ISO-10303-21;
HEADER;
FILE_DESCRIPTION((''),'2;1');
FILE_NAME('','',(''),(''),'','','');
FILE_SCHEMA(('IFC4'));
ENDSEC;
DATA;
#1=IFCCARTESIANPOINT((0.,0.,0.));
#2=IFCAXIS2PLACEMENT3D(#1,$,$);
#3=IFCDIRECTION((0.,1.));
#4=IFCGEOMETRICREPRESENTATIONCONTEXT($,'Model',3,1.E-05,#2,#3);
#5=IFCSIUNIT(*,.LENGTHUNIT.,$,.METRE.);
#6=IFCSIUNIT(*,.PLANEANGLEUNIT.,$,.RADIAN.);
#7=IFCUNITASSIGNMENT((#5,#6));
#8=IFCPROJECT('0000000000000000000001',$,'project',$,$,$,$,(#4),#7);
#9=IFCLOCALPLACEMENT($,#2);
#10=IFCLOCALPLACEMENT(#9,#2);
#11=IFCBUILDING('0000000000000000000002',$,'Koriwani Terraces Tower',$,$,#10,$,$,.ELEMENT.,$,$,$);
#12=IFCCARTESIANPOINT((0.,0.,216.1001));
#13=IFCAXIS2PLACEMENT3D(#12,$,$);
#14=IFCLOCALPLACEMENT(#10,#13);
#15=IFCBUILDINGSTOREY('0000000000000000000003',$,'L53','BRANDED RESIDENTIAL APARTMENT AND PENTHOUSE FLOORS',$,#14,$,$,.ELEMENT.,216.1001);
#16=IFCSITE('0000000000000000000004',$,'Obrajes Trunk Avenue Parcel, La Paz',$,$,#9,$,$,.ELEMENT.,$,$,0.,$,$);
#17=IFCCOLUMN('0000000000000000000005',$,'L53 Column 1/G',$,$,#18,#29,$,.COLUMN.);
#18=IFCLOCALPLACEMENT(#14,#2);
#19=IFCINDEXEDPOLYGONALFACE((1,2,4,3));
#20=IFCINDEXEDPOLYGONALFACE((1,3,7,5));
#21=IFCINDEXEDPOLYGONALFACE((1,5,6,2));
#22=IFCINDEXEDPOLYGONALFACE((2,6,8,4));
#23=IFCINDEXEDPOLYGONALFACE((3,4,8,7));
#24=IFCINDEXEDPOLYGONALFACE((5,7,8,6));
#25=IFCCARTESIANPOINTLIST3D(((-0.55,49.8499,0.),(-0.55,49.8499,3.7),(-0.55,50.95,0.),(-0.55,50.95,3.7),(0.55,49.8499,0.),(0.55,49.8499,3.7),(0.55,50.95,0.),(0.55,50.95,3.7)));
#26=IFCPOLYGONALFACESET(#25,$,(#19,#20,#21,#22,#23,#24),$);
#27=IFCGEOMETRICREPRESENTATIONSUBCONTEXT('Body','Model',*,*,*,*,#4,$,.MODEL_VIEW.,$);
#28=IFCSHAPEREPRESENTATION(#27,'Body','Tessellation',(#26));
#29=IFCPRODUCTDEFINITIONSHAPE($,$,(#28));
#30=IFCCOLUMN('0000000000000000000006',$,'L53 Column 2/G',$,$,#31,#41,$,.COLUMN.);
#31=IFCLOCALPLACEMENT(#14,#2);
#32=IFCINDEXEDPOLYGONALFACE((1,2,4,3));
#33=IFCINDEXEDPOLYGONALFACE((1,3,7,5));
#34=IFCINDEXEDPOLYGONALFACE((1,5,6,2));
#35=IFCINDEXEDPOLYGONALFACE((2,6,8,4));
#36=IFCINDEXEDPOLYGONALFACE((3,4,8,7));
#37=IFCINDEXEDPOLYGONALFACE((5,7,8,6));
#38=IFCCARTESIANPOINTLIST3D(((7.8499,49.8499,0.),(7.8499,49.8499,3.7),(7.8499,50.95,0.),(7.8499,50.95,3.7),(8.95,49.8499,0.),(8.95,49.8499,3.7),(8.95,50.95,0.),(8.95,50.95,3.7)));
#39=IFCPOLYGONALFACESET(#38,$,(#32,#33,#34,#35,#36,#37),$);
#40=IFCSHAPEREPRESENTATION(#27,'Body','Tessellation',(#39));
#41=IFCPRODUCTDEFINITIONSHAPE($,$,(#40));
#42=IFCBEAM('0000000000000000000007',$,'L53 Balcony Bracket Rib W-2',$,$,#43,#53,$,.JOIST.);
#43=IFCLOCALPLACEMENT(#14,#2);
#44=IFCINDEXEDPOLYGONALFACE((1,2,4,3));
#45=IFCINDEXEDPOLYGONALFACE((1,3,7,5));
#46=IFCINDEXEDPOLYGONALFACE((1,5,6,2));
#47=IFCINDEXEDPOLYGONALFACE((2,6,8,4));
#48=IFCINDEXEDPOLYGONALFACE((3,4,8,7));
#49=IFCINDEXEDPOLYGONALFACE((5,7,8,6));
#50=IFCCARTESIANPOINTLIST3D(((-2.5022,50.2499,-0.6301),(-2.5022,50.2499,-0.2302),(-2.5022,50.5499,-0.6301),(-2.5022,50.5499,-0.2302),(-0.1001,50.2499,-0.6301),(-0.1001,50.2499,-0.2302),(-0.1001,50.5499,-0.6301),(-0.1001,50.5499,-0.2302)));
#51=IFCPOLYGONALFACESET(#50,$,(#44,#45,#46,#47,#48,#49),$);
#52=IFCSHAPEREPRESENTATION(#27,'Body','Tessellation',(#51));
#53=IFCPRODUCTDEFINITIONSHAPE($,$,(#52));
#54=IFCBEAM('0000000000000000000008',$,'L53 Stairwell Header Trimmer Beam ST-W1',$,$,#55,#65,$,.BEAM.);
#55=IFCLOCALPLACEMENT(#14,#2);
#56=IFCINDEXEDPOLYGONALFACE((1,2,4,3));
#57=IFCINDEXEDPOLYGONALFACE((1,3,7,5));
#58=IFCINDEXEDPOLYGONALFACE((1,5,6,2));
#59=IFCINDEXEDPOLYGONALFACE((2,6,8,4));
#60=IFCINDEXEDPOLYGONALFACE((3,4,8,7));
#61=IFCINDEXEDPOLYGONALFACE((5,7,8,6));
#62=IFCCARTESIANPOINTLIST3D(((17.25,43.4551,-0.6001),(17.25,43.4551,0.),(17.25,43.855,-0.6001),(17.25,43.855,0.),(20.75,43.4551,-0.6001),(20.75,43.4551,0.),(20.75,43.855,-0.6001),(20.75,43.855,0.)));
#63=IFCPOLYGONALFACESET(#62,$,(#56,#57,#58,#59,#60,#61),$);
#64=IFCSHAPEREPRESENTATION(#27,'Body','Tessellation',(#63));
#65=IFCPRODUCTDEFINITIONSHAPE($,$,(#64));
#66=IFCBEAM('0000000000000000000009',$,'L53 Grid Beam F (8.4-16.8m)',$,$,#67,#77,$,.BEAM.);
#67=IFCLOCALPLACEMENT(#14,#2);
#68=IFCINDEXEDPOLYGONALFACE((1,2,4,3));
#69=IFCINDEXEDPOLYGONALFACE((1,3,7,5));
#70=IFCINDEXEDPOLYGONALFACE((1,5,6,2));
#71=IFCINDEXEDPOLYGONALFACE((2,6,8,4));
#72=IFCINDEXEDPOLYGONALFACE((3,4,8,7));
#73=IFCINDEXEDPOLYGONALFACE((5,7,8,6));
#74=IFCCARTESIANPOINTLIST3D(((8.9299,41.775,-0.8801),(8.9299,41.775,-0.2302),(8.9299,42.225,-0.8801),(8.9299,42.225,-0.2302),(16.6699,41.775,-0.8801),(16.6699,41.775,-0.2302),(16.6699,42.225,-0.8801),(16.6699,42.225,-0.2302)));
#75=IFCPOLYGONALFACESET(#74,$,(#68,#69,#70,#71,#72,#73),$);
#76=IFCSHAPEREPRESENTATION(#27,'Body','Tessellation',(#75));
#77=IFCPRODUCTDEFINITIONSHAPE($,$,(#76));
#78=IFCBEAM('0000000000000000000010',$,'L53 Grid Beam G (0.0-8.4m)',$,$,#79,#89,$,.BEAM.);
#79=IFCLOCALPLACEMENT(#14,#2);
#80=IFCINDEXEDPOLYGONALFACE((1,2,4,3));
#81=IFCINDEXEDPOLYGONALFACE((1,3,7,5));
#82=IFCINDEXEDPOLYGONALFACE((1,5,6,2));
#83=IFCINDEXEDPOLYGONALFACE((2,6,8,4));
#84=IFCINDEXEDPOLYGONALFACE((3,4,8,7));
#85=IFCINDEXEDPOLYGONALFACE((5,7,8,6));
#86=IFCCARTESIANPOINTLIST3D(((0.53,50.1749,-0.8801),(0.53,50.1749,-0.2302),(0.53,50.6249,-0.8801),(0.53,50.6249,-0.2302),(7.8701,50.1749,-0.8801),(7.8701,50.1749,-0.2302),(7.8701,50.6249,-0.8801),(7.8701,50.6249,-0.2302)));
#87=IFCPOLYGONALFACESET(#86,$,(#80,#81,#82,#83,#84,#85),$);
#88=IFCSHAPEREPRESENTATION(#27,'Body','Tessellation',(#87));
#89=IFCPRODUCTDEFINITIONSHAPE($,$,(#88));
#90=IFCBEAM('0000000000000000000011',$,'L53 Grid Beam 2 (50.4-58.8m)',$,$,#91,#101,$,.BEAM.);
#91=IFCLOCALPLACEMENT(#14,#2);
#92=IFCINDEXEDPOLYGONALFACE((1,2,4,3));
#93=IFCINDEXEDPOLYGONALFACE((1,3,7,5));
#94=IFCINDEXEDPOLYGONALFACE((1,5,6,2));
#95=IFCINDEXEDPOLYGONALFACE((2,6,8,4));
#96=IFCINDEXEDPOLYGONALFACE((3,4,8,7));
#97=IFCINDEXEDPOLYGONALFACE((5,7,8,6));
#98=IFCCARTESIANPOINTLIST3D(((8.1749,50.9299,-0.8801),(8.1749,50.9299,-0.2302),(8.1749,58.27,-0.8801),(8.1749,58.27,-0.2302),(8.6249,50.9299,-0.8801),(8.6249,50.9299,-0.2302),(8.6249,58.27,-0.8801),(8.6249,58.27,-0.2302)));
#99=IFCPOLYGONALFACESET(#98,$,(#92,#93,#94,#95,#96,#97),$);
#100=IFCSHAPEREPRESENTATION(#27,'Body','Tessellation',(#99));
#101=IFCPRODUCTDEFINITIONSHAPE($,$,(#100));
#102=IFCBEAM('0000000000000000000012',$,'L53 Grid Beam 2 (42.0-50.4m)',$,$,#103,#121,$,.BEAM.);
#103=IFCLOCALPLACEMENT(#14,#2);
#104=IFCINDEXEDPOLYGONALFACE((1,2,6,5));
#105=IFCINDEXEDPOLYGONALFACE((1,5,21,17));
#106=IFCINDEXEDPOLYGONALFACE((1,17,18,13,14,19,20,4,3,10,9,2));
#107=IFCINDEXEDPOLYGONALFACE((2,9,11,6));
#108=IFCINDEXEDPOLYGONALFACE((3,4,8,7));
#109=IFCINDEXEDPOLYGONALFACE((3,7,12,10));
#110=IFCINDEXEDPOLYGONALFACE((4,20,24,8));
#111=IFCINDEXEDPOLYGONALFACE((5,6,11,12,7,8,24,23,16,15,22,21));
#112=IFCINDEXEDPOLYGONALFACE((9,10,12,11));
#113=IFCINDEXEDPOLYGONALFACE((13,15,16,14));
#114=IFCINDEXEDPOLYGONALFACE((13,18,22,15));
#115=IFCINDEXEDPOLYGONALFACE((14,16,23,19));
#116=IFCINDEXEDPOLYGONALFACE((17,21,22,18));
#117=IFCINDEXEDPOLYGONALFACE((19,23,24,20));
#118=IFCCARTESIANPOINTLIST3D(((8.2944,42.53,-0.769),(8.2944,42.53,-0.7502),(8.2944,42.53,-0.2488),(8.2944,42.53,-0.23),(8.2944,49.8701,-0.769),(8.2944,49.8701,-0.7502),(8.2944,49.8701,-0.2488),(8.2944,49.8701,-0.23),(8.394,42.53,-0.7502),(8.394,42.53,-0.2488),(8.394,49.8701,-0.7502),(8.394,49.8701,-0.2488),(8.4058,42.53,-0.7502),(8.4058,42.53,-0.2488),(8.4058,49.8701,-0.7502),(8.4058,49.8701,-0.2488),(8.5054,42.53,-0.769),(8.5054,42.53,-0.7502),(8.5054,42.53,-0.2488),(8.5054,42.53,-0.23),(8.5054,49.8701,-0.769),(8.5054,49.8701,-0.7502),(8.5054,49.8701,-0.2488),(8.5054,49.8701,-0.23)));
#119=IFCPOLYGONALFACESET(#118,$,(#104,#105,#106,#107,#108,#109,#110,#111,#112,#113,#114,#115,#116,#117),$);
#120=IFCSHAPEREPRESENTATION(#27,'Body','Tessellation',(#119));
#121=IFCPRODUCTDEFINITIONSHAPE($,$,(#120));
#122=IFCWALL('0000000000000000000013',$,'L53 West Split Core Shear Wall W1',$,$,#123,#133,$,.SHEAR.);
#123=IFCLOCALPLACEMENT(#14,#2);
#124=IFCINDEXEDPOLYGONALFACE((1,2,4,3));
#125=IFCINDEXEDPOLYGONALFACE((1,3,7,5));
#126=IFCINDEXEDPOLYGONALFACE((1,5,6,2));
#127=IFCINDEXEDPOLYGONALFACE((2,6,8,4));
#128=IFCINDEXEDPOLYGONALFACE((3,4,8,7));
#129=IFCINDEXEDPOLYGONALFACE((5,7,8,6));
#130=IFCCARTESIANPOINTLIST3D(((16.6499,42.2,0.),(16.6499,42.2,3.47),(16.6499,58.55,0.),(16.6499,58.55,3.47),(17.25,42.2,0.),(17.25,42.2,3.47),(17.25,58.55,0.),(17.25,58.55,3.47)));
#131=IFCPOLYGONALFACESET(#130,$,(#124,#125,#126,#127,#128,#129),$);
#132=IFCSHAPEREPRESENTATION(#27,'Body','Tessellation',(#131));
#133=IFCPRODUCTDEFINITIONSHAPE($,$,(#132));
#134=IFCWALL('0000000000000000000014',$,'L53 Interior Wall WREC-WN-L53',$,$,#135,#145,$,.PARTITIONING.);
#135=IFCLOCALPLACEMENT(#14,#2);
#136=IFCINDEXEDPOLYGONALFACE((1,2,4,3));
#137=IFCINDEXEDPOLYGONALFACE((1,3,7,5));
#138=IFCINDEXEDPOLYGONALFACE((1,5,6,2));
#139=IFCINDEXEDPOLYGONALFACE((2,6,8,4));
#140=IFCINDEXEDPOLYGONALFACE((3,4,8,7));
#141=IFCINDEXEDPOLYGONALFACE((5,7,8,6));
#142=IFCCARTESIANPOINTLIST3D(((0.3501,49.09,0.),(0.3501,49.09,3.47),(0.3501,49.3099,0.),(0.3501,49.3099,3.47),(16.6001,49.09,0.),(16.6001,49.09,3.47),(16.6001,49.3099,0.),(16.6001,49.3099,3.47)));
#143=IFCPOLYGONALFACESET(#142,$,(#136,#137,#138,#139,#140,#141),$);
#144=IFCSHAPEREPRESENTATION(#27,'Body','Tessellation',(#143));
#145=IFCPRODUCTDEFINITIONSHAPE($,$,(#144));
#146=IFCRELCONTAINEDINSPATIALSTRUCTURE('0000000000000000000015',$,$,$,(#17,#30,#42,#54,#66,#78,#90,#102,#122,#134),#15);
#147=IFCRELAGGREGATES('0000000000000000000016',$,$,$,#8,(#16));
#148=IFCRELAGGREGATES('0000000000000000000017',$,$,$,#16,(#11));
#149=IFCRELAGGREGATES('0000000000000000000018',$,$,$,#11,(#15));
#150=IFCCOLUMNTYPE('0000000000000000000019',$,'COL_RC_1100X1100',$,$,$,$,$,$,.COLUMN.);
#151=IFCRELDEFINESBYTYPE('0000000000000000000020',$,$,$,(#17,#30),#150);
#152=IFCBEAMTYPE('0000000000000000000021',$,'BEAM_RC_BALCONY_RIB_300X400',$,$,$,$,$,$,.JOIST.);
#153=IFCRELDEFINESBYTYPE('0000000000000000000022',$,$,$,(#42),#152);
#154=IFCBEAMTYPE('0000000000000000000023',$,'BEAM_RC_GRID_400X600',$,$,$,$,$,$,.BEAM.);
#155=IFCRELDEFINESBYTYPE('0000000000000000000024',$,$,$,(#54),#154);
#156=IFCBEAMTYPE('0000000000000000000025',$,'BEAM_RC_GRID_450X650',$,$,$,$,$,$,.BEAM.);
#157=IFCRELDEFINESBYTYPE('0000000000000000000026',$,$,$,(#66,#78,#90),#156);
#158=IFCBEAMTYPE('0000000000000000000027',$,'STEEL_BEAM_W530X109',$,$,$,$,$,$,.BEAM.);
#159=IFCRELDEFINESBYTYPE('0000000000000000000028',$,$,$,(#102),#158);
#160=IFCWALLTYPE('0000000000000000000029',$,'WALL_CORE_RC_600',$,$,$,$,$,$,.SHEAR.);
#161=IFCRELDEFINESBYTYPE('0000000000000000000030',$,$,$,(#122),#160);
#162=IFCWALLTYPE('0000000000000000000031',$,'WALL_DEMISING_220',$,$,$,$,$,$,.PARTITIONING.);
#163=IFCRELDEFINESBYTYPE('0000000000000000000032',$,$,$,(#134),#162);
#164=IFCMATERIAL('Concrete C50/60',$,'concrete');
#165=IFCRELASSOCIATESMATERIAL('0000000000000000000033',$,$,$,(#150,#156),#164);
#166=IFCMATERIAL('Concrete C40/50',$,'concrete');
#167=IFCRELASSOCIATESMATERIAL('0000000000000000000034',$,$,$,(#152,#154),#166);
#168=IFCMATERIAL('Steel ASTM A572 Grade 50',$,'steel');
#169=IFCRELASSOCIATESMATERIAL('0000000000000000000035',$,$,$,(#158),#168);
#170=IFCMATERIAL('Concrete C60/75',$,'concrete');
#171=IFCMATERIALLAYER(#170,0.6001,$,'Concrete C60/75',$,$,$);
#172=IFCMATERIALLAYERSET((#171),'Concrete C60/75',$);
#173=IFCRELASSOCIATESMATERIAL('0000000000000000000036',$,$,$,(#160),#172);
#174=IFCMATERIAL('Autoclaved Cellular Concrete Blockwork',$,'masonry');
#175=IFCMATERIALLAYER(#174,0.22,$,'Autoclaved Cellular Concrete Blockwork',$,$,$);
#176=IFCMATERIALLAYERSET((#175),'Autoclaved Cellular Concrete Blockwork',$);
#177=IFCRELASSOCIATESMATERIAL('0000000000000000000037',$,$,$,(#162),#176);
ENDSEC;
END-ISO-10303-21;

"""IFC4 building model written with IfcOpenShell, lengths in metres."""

from ifc_helpers import new_model, si_unit, direction, frame, frame_2d, origin, origin_2d, place, context, subcontext, project, spatial, rectangle, i_section, extrude, material, layer, layer_set, material_profile, profile_set, type_object, element, save


model = new_model("IFC4")

# Units and contexts
model_context = context("Model", 3, precision=1e-05, world=origin(), true_north=direction((0.0, 1.0)))
body_context = subcontext(model_context, "Body", "Model", "MODEL_VIEW")
ifc_project = project(units=[si_unit("LENGTHUNIT", "METRE"), si_unit("PLANEANGLEUNIT", "RADIAN")], contexts=[model_context])

# Site, building, storey
site_placement = place(None, origin())
site = spatial("IfcSite", under=ifc_project, at=site_placement, Name="Obrajes Trunk Avenue Parcel, La Paz", CompositionType="ELEMENT", RefElevation=0.0)
building_placement = place(site_placement, origin())
building = spatial("IfcBuilding", under=site, at=building_placement, Name="Koriwani Terraces Tower", CompositionType="ELEMENT")
storey_placement = place(building_placement, frame((0.0, 0.0, 216.1001)))
storey = spatial("IfcBuildingStorey", under=building, at=storey_placement, Name="L53", Description="BRANDED RESIDENTIAL APARTMENT AND PENTHOUSE FLOORS", CompositionType="ELEMENT", Elevation=216.1001)

# Columns
ifc_material_1 = material(Name="Concrete C50/60", Category="concrete")
ifc_material_profile_1 = material_profile(ifc_material_1, rectangle(XDim=1.1001, YDim=1.1001, at=origin_2d()), Name="Concrete C50/60", Category="LoadBearing")
ifc_profile_set_1 = profile_set([ifc_material_profile_1], Name="Concrete C50/60")
column_type = type_object("IfcColumnType", Name="COL_RC_1100X1100", PredefinedType="COLUMN", material=ifc_profile_set_1)
for number, where, z_axis, x_axis, name in (
    (1, (0.0, 50.3999, 0.0), (0.0, 0.0, 1.0), (1.0, 0.0, 0.0), "L53 Column 1/G"),
    (2, (8.3999, 50.3999, 0.0), (0.0, 0.0, 1.0), (1.0, 0.0, 0.0), "L53 Column 2/G"),
):
    element("IfcColumn", number, at=place(storey_placement, frame(where, z_axis=z_axis, x_axis=x_axis)), inside=storey, type_object=column_type, Name=name, PredefinedType="COLUMN", context=body_context, shape_type="SweptSolid", body=[
        extrude(rectangle(XDim=1.1001, YDim=1.1001, at=origin_2d()), origin(), (0.0, 0.0, 1.0), 3.7),
    ])

# Beams
ifc_material_2 = material(Name="Concrete C40/50", Category="concrete")
ifc_material_profile_2 = material_profile(ifc_material_2, rectangle(XDim=0.3, YDim=0.3999, at=origin_2d()), Name="Concrete C40/50", Category="LoadBearing")
ifc_profile_set_2 = profile_set([ifc_material_profile_2], Name="Concrete C40/50")
beam_type_1 = type_object("IfcBeamType", Name="BEAM_RC_BALCONY_RIB_300X400", PredefinedType="JOIST", material=ifc_profile_set_2)
beam_1_placement = place(storey_placement, frame((-2.5022, 50.3999, -0.4302), z_axis=(1.0, 0.0, 0.0), x_axis=(0.0, 1.0, 0.0)))
element("IfcBeam", 3, at=beam_1_placement, inside=storey, type_object=beam_type_1, Name="L53 Balcony Bracket Rib W-2", PredefinedType="JOIST", context=body_context, shape_type="SweptSolid", body=[
    extrude(rectangle(XDim=0.3, YDim=0.3999, at=origin_2d()), origin(), (0.0, 0.0, 1.0), 2.4021),
])
ifc_material_profile_3 = material_profile(ifc_material_2, rectangle(XDim=0.3999, YDim=0.6001, at=origin_2d()), Name="Concrete C40/50", Category="LoadBearing")
ifc_profile_set_3 = profile_set([ifc_material_profile_3], Name="Concrete C40/50")
beam_type_2 = type_object("IfcBeamType", Name="BEAM_RC_GRID_400X600", PredefinedType="BEAM", material=ifc_profile_set_3)
beam_2_placement = place(storey_placement, frame((17.25, 43.655, -0.3), z_axis=(1.0, 0.0, 0.0), x_axis=(0.0, 1.0, 0.0)))
element("IfcBeam", 4, at=beam_2_placement, inside=storey, type_object=beam_type_2, Name="L53 Stairwell Header Trimmer Beam ST-W1", PredefinedType="BEAM", context=body_context, shape_type="SweptSolid", body=[
    extrude(rectangle(XDim=0.3999, YDim=0.6001, at=origin_2d()), origin(), (0.0, 0.0, 1.0), 3.5),
])
ifc_material_profile_4 = material_profile(ifc_material_1, rectangle(XDim=0.45, YDim=0.6499, at=origin_2d()), Name="Concrete C50/60", Category="LoadBearing")
ifc_profile_set_4 = profile_set([ifc_material_profile_4], Name="Concrete C50/60")
beam_type_3 = type_object("IfcBeamType", Name="BEAM_RC_GRID_450X650", PredefinedType="BEAM", material=ifc_profile_set_4)
beam_3_placement = place(storey_placement, frame((8.9299, 42.0, -0.5552), z_axis=(1.0, 0.0, 0.0), x_axis=(0.0, 1.0, 0.0)))
element("IfcBeam", 5, at=beam_3_placement, inside=storey, type_object=beam_type_3, Name="L53 Grid Beam F (8.4-16.8m)", PredefinedType="BEAM", context=body_context, shape_type="SweptSolid", body=[
    extrude(rectangle(XDim=0.45, YDim=0.6499, at=origin_2d()), origin(), (0.0, 0.0, 1.0), 7.74),
])
for number, where, z_axis, x_axis, name in (
    (6, (0.53, 50.3999, -0.5552), (1.0, 0.0, 0.0), (0.0, 1.0, 0.0), "L53 Grid Beam G (0.0-8.4m)"),
    (7, (8.3999, 50.9299, -0.5552), (0.0, 1.0, 0.0), (-1.0, 0.0, 0.0), "L53 Grid Beam 2 (50.4-58.8m)"),
):
    element("IfcBeam", number, at=place(storey_placement, frame(where, z_axis=z_axis, x_axis=x_axis)), inside=storey, type_object=beam_type_3, Name=name, PredefinedType="BEAM", context=body_context, shape_type="SweptSolid", body=[
        extrude(rectangle(XDim=0.45, YDim=0.6499, at=origin_2d()), origin(), (0.0, 0.0, 1.0), 7.3401),
    ])
ifc_material_3 = material(Name="Steel ASTM A572 Grade 50", Category="steel")
ifc_material_profile_5 = material_profile(ifc_material_3, i_section(OverallWidth=0.2109, OverallDepth=0.5391, WebThickness=0.0117, FlangeThickness=0.0188, at=origin_2d()), Name="Steel ASTM A572 Grade 50", Category="LoadBearing")
ifc_profile_set_5 = profile_set([ifc_material_profile_5], Name="Steel ASTM A572 Grade 50")
beam_type_4 = type_object("IfcBeamType", Name="STEEL_BEAM_W530X109", PredefinedType="BEAM", material=ifc_profile_set_5)
beam_4_placement = place(storey_placement, frame((8.3999, 42.53, -0.4995), z_axis=(0.0, 1.0, 0.0), x_axis=(-1.0, 0.0, 0.0)))
element("IfcBeam", 8, at=beam_4_placement, inside=storey, type_object=beam_type_4, Name="L53 Grid Beam 2 (42.0-50.4m)", PredefinedType="BEAM", context=body_context, shape_type="SweptSolid", body=[
    extrude(i_section(OverallWidth=0.2109, OverallDepth=0.5391, WebThickness=0.0117, FlangeThickness=0.0188, at=origin_2d()), origin(), (0.0, 0.0, 1.0), 7.3401),
])

# Walls
ifc_material_4 = material(Name="Concrete C60/75", Category="concrete")
ifc_layer_1 = layer(ifc_material_4, 0.6001, Name="Concrete C60/75")
ifc_layer_set_1 = layer_set([ifc_layer_1], Name="Concrete C60/75")
wall_type_1 = type_object("IfcWallType", Name="WALL_CORE_RC_600", PredefinedType="SHEAR", material=ifc_layer_set_1)
wall_1_placement = place(storey_placement, frame((16.95, 42.2, 0.0), z_axis=(0.0, 0.0, 1.0), x_axis=(0.0, 1.0, 0.0)))
element("IfcWall", 9, at=wall_1_placement, inside=storey, type_object=wall_type_1, Name="L53 West Split Core Shear Wall W1", PredefinedType="SHEAR", context=body_context, shape_type="SweptSolid", body=[
    extrude(rectangle(XDim=16.3501, YDim=0.6001, at=frame_2d((8.175, 0.0))), origin(), (0.0, 0.0, 1.0), 3.47),
])
ifc_material_5 = material(Name="Autoclaved Cellular Concrete Blockwork", Category="masonry")
ifc_layer_2 = layer(ifc_material_5, 0.22, Name="Autoclaved Cellular Concrete Blockwork")
ifc_layer_set_2 = layer_set([ifc_layer_2], Name="Autoclaved Cellular Concrete Blockwork")
wall_type_2 = type_object("IfcWallType", Name="WALL_DEMISING_220", PredefinedType="PARTITIONING", material=ifc_layer_set_2)
wall_2_placement = place(storey_placement, frame((0.3501, 49.2, 0.0), z_axis=(0.0, 0.0, 1.0), x_axis=(1.0, 0.0, 0.0)))
element("IfcWall", 10, at=wall_2_placement, inside=storey, type_object=wall_type_2, Name="L53 Interior Wall WREC-WN-L53", PredefinedType="PARTITIONING", context=body_context, shape_type="SweptSolid", body=[
    extrude(rectangle(XDim=16.25, YDim=0.22, at=frame_2d((8.125, 0.0))), origin(), (0.0, 0.0, 1.0), 3.47),
])

save(model, "model.ifc")
